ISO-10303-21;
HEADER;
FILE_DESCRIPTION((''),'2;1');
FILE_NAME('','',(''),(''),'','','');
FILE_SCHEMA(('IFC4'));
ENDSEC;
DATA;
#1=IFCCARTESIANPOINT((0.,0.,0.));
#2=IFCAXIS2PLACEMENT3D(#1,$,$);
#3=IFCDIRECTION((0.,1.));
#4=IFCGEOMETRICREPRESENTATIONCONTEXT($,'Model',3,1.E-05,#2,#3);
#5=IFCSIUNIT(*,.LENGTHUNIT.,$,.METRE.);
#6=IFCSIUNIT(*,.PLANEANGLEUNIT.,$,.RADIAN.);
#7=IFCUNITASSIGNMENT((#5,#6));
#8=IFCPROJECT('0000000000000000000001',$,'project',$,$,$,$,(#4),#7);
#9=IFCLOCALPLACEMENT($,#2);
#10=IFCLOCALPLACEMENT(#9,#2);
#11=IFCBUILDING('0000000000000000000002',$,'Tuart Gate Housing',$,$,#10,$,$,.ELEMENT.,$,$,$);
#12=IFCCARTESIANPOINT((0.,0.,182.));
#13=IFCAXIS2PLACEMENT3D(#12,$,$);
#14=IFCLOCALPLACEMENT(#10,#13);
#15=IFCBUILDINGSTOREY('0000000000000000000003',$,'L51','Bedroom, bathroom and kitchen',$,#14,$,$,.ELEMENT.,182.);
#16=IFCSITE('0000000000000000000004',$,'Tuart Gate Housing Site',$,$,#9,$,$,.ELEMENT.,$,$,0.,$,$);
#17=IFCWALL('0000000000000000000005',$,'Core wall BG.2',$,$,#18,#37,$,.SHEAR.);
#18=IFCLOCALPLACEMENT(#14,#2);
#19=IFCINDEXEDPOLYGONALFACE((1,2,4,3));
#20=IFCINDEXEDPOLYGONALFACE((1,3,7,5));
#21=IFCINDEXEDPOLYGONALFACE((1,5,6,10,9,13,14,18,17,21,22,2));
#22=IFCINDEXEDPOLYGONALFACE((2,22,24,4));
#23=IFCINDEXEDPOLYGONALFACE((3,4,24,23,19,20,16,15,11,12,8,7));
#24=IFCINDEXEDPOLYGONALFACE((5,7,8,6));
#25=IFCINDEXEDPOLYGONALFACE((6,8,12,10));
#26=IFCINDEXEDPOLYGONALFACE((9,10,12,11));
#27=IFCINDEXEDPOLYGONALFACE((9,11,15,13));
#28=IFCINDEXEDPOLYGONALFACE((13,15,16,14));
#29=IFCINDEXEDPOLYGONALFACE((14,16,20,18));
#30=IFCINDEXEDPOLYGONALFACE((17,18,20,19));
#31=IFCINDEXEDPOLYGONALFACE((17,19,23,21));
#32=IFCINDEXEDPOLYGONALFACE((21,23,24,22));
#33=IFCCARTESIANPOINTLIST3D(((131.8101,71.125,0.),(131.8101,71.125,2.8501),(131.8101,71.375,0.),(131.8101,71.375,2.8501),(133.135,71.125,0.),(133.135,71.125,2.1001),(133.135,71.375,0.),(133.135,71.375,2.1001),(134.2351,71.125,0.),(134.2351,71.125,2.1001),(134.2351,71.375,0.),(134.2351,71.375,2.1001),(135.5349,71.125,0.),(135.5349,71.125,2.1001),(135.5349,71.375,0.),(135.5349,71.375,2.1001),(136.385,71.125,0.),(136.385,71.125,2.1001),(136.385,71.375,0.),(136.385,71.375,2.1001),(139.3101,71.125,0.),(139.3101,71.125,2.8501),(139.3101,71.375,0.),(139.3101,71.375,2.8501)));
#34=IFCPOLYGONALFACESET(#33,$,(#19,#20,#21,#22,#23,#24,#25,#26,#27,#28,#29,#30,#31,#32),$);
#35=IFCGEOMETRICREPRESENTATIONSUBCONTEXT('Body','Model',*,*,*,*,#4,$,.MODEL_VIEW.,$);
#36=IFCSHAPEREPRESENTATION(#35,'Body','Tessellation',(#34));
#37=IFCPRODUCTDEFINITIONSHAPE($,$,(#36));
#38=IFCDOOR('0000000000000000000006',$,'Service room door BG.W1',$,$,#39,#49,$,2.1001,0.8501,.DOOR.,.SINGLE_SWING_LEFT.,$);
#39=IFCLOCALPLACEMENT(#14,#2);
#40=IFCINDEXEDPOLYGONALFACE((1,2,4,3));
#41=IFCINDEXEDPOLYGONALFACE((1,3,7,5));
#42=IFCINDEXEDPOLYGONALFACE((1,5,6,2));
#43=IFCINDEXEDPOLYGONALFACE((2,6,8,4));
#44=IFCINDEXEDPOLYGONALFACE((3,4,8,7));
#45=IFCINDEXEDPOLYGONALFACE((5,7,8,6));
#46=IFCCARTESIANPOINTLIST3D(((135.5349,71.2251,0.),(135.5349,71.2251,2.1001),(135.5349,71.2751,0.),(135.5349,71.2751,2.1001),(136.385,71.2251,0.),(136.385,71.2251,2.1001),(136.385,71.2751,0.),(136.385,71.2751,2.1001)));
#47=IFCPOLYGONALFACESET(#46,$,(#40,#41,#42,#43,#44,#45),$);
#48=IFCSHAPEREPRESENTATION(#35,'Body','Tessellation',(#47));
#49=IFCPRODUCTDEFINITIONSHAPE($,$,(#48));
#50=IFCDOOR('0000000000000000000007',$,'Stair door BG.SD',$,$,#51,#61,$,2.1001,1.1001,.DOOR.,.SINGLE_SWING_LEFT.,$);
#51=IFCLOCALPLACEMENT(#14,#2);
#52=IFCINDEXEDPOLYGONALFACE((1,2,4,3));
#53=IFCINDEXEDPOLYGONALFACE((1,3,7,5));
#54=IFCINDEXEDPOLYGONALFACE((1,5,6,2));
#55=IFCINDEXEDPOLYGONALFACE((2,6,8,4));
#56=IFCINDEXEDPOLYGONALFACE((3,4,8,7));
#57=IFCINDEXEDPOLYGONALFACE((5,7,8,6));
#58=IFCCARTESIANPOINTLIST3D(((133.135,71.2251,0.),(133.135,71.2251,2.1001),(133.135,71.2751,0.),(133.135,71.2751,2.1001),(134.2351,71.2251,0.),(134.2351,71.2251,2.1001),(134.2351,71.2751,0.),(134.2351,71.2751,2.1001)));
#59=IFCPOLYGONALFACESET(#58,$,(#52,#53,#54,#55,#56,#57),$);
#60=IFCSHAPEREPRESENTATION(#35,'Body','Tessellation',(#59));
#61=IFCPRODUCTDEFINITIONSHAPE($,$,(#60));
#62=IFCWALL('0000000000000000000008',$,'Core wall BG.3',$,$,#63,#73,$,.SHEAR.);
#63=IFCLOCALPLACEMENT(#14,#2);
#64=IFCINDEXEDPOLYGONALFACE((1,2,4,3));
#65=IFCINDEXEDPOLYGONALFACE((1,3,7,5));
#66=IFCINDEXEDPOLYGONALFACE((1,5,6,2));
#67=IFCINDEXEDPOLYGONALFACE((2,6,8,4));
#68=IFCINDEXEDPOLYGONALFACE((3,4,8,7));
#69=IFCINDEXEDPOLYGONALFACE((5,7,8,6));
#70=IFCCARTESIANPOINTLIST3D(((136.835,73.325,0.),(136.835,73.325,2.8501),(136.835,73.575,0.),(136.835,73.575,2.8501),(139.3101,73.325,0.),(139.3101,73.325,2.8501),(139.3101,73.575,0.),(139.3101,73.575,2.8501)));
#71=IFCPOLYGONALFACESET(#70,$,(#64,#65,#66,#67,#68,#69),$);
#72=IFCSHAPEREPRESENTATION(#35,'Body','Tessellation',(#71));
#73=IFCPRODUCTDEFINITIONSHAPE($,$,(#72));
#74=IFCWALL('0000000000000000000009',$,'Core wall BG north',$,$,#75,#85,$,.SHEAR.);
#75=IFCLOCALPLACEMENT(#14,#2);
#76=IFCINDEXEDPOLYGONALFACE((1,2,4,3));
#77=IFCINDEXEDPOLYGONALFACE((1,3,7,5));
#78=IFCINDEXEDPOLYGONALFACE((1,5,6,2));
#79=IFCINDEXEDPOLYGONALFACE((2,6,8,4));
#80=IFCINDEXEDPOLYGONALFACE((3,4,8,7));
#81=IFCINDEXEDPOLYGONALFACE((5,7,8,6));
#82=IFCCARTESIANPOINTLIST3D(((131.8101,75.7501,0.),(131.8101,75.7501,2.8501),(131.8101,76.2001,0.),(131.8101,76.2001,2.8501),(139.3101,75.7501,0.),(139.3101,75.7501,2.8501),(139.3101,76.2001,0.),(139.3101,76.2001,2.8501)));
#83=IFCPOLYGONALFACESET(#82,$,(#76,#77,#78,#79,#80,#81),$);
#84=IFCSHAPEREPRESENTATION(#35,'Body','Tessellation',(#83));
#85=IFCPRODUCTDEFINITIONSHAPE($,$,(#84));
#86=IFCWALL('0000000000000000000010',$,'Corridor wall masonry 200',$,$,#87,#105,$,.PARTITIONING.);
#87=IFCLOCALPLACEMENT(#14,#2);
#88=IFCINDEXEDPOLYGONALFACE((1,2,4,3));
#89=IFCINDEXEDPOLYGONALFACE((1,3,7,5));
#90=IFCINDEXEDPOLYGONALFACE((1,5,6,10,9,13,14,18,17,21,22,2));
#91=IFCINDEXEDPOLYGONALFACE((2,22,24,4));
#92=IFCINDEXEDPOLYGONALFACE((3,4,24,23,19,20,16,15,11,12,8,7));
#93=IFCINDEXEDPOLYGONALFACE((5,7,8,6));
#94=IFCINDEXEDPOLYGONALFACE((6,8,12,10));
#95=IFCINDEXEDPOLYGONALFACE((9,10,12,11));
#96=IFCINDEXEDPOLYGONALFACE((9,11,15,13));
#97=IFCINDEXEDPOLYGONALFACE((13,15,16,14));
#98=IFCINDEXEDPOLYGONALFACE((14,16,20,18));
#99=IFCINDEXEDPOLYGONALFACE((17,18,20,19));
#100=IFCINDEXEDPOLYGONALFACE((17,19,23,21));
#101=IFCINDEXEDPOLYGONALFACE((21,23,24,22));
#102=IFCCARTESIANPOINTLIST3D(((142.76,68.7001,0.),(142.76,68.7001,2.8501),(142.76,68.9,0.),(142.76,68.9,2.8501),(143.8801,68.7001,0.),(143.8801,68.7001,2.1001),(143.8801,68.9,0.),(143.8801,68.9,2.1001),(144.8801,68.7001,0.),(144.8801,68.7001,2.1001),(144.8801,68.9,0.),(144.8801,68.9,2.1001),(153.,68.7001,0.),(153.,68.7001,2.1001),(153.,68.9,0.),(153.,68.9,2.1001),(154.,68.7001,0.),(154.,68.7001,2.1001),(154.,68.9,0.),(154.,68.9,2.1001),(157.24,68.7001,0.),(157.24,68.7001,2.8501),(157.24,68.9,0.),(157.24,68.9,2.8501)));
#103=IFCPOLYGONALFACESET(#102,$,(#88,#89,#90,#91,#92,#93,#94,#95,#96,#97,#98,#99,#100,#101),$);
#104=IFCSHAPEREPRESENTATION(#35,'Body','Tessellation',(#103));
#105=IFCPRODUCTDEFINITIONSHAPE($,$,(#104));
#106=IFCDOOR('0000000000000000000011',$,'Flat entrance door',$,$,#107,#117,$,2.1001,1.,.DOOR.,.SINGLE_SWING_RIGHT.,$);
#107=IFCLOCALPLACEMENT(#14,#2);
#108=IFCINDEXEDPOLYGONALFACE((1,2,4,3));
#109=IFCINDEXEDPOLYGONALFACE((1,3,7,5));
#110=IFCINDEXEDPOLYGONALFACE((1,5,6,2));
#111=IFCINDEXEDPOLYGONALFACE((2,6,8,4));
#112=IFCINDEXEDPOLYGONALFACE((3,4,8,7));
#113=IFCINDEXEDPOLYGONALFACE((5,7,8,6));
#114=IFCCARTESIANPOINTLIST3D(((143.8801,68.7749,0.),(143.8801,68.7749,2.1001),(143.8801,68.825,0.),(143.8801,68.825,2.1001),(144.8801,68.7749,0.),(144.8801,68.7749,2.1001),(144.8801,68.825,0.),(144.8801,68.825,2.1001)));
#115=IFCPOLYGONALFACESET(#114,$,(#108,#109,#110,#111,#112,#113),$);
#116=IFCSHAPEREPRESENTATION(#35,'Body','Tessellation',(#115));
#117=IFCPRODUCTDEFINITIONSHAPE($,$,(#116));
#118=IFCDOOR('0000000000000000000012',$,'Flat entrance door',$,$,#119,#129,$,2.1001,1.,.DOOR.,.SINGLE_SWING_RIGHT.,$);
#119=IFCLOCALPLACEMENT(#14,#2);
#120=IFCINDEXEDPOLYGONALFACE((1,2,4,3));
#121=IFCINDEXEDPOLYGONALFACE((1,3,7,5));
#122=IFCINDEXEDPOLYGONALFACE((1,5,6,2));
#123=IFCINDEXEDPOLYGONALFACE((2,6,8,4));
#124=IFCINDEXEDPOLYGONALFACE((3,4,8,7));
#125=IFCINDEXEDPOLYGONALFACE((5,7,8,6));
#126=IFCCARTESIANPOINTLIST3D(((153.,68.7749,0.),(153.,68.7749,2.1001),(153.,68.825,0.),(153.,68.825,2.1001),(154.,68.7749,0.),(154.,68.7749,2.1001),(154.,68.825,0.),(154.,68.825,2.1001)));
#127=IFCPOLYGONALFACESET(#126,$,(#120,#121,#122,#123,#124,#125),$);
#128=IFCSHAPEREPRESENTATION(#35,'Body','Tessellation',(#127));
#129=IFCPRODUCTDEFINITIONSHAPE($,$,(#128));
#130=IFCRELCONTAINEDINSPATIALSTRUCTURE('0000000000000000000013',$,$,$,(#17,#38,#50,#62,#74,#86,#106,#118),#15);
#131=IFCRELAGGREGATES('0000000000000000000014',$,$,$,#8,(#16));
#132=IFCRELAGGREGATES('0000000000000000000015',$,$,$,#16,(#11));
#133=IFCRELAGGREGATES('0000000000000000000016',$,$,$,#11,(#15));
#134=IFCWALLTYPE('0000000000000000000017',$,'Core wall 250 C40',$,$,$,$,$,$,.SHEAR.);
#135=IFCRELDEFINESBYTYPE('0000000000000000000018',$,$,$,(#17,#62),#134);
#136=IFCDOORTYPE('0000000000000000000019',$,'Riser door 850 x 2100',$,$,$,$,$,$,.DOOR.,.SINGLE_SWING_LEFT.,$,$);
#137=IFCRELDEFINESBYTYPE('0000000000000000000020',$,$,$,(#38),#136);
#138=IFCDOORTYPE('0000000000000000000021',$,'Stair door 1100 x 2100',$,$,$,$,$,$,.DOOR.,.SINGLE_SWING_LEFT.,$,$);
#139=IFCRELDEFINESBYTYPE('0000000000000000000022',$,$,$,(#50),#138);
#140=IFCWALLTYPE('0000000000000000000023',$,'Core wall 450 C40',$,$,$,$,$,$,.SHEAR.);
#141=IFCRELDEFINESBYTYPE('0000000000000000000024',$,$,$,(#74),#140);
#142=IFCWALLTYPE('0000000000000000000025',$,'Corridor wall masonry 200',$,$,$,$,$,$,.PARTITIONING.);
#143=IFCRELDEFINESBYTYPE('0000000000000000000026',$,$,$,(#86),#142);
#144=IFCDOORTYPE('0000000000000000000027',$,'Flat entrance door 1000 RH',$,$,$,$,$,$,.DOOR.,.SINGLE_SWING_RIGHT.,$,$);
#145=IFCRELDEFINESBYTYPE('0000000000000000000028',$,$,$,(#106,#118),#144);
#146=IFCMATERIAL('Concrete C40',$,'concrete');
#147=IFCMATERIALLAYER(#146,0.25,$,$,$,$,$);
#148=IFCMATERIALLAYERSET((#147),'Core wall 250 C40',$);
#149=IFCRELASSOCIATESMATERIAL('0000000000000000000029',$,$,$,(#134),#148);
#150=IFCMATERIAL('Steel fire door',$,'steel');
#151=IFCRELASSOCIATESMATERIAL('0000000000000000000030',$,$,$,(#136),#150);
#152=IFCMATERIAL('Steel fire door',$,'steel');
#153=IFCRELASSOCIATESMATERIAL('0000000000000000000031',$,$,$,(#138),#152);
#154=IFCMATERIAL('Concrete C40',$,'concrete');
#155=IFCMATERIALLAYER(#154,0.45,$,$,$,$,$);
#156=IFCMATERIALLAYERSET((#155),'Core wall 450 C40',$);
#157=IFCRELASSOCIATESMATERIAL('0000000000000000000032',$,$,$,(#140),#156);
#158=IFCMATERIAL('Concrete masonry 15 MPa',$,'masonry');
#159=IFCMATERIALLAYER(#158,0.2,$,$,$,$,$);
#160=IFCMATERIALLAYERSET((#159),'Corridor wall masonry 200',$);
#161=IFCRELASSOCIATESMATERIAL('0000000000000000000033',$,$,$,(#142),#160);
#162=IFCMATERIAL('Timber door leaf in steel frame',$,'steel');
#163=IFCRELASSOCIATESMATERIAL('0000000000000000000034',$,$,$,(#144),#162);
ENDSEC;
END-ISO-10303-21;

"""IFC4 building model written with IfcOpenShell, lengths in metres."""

from ifc_helpers import new_model, si_unit, direction, frame, frame_2d, origin, place, context, subcontext, project, spatial, rectangle, extrude, material, layer, layer_set, type_object, element, fill, save


model = new_model("IFC4")

# Units and contexts
model_context = context("Model", 3, precision=1e-05, world=origin(), true_north=direction((0.0, 1.0)))
body_context = subcontext(model_context, "Body", "Model", "MODEL_VIEW")
ifc_project = project(units=[si_unit("LENGTHUNIT", "METRE"), si_unit("PLANEANGLEUNIT", "RADIAN")], contexts=[model_context])

# Site, building, storey
site_placement = place(None, origin())
site = spatial("IfcSite", under=ifc_project, at=site_placement, Name="Tuart Gate Housing Site", CompositionType="ELEMENT", RefElevation=0.0)
building_placement = place(site_placement, origin())
building = spatial("IfcBuilding", under=site, at=building_placement, Name="Tuart Gate Housing", CompositionType="ELEMENT")
storey_placement = place(building_placement, frame((0.0, 0.0, 182.0)))
storey = spatial("IfcBuildingStorey", under=building, at=storey_placement, Name="L51", Description="Bedroom, bathroom and kitchen", CompositionType="ELEMENT", Elevation=182.0)

# Wall, openings, doors
ifc_material_1 = material(Name="Concrete C40", Category="concrete")
ifc_layer_1 = layer(ifc_material_1, 0.25)
ifc_layer_set_1 = layer_set([ifc_layer_1], Name="Core wall 250 C40")
wall_type_1 = type_object("IfcWallType", Name="Core wall 250 C40", PredefinedType="SHEAR", material=ifc_layer_set_1)
wall_1_placement = place(storey_placement, frame((139.3101, 71.25, 0.0), z_axis=(0.0, 0.0, 1.0), x_axis=(-1.0, 0.0, 0.0)))
wall_1 = element("IfcWall", 1, at=wall_1_placement, inside=storey, type_object=wall_type_1, Name="Core wall BG.2", PredefinedType="SHEAR", context=body_context, shape_type="SweptSolid", body=[
    extrude(rectangle(XDim=7.5, YDim=0.25, at=frame_2d((3.75, 0.0))), origin(), (0.0, 0.0, 1.0), 2.8501),
])
opening_1_placement = place(wall_1_placement, frame((5.075, 0.0, 0.0)))
opening_1 = element("IfcOpeningElement", 2, at=opening_1_placement, cuts=wall_1, PredefinedType="OPENING", context=body_context, shape_type="SweptSolid", body=[
    extrude(rectangle(XDim=1.1001, YDim=2.1001, at=frame_2d((0.55, 1.05))), frame((0.0, 0.135, 0.0), z_axis=(0.0, -1.0, 0.0), x_axis=(1.0, 0.0, 0.0)), (0.0, 0.0, 1.0), 0.27),
])
opening_2_placement = place(wall_1_placement, frame((2.925, 0.0, 0.0)))
opening_2 = element("IfcOpeningElement", 3, at=opening_2_placement, cuts=wall_1, PredefinedType="OPENING", context=body_context, shape_type="SweptSolid", body=[
    extrude(rectangle(XDim=0.8501, YDim=2.1001, at=frame_2d((0.425, 1.05))), frame((0.0, 0.135, 0.0), z_axis=(0.0, -1.0, 0.0), x_axis=(1.0, 0.0, 0.0)), (0.0, 0.0, 1.0), 0.27),
])
ifc_material_2 = material(Name="Steel fire door", Category="steel")
door_type_1 = type_object("IfcDoorType", Name="Riser door 850 x 2100", OperationType="SINGLE_SWING_LEFT", PredefinedType="DOOR", material=ifc_material_2)
door_1_placement = place(opening_2_placement, origin())
door_1 = element("IfcDoor", 4, at=door_1_placement, inside=storey, type_object=door_type_1, Name="Service room door BG.W1", OperationType="SINGLE_SWING_LEFT", OverallHeight=2.1001, OverallWidth=0.8501, PredefinedType="DOOR", context=body_context, shape_type="SweptSolid", body=[
    extrude(rectangle(XDim=0.8501, YDim=2.1001, at=frame_2d((0.425, 1.05))), frame((0.0, 0.0249, 0.0), z_axis=(0.0, -1.0, 0.0), x_axis=(1.0, 0.0, 0.0)), (0.0, 0.0, 1.0), 0.05),
])
fill(opening_2, door_1)
ifc_material_3 = material(Name="Steel fire door", Category="steel")
door_type_2 = type_object("IfcDoorType", Name="Stair door 1100 x 2100", OperationType="SINGLE_SWING_LEFT", PredefinedType="DOOR", material=ifc_material_3)
door_2_placement = place(opening_1_placement, origin())
door_2 = element("IfcDoor", 5, at=door_2_placement, inside=storey, type_object=door_type_2, Name="Stair door BG.SD", OperationType="SINGLE_SWING_LEFT", OverallHeight=2.1001, OverallWidth=1.1001, PredefinedType="DOOR", context=body_context, shape_type="SweptSolid", body=[
    extrude(rectangle(XDim=1.1001, YDim=2.1001, at=frame_2d((0.55, 1.05))), frame((0.0, 0.0249, 0.0), z_axis=(0.0, -1.0, 0.0), x_axis=(1.0, 0.0, 0.0)), (0.0, 0.0, 1.0), 0.05),
])
fill(opening_1, door_2)

# Walls
wall_2_placement = place(storey_placement, frame((139.3101, 73.45, 0.0), z_axis=(0.0, 0.0, 1.0), x_axis=(-1.0, 0.0, 0.0)))
element("IfcWall", 6, at=wall_2_placement, inside=storey, type_object=wall_type_1, Name="Core wall BG.3", PredefinedType="SHEAR", context=body_context, shape_type="SweptSolid", body=[
    extrude(rectangle(XDim=2.4751, YDim=0.25, at=frame_2d((1.2375, 0.0))), origin(), (0.0, 0.0, 1.0), 2.8501),
])
ifc_material_4 = material(Name="Concrete C40", Category="concrete")
ifc_layer_2 = layer(ifc_material_4, 0.45)
ifc_layer_set_2 = layer_set([ifc_layer_2], Name="Core wall 450 C40")
wall_type_2 = type_object("IfcWallType", Name="Core wall 450 C40", PredefinedType="SHEAR", material=ifc_layer_set_2)
wall_3_placement = place(storey_placement, frame((139.3101, 75.9751, 0.0), z_axis=(0.0, 0.0, 1.0), x_axis=(-1.0, 0.0, 0.0)))
element("IfcWall", 7, at=wall_3_placement, inside=storey, type_object=wall_type_2, Name="Core wall BG north", PredefinedType="SHEAR", context=body_context, shape_type="SweptSolid", body=[
    extrude(rectangle(XDim=7.5, YDim=0.45, at=frame_2d((3.75, 0.0))), origin(), (0.0, 0.0, 1.0), 2.8501),
])

# Wall, openings, doors
ifc_material_5 = material(Name="Concrete masonry 15 MPa", Category="masonry")
ifc_layer_3 = layer(ifc_material_5, 0.2)
ifc_layer_set_3 = layer_set([ifc_layer_3], Name="Corridor wall masonry 200")
wall_type_3 = type_object("IfcWallType", Name="Corridor wall masonry 200", PredefinedType="PARTITIONING", material=ifc_layer_set_3)
wall_4_placement = place(storey_placement, frame((142.76, 68.8, 0.0), z_axis=(0.0, 0.0, 1.0), x_axis=(1.0, 0.0, 0.0)))
wall_4 = element("IfcWall", 8, at=wall_4_placement, inside=storey, type_object=wall_type_3, Name="Corridor wall masonry 200", PredefinedType="PARTITIONING", context=body_context, shape_type="SweptSolid", body=[
    extrude(rectangle(XDim=14.48, YDim=0.2, at=frame_2d((7.24, 0.0))), origin(), (0.0, 0.0, 1.0), 2.8501),
])
opening_3_placement = place(wall_4_placement, frame((1.1201, 0.0, 0.0)))
opening_3 = element("IfcOpeningElement", 9, at=opening_3_placement, cuts=wall_4, PredefinedType="OPENING", context=body_context, shape_type="SweptSolid", body=[
    extrude(rectangle(XDim=1.0, YDim=2.1001, at=frame_2d((0.5, 1.05))), frame((0.0, 0.1099, 0.0), z_axis=(0.0, -1.0, 0.0), x_axis=(1.0, 0.0, 0.0)), (0.0, 0.0, 1.0), 0.22),
])
opening_4_placement = place(wall_4_placement, frame((10.24, 0.0, 0.0)))
opening_4 = element("IfcOpeningElement", 10, at=opening_4_placement, cuts=wall_4, PredefinedType="OPENING", context=body_context, shape_type="SweptSolid", body=[
    extrude(rectangle(XDim=1.0, YDim=2.1001, at=frame_2d((0.5, 1.05))), frame((0.0, 0.1099, 0.0), z_axis=(0.0, -1.0, 0.0), x_axis=(1.0, 0.0, 0.0)), (0.0, 0.0, 1.0), 0.22),
])
ifc_material_6 = material(Name="Timber door leaf in steel frame", Category="steel")
door_type_3 = type_object("IfcDoorType", Name="Flat entrance door 1000 RH", OperationType="SINGLE_SWING_RIGHT", PredefinedType="DOOR", material=ifc_material_6)
door_3_placement = place(opening_3_placement, frame((1.0, 0.0, 0.0), z_axis=(0.0, 0.0, 1.0), x_axis=(-1.0, 0.0, 0.0)))
door_3 = element("IfcDoor", 11, at=door_3_placement, inside=storey, type_object=door_type_3, Name="Flat entrance door", OperationType="SINGLE_SWING_RIGHT", OverallHeight=2.1001, OverallWidth=1.0, PredefinedType="DOOR", context=body_context, shape_type="SweptSolid", body=[
    extrude(rectangle(XDim=1.0, YDim=2.1001, at=frame_2d((0.5, 1.05))), frame((0.0, 0.0251, 0.0), z_axis=(0.0, -1.0, 0.0), x_axis=(1.0, 0.0, 0.0)), (0.0, 0.0, 1.0), 0.05),
])
fill(opening_3, door_3)
door_4_placement = place(opening_4_placement, frame((1.0, 0.0, 0.0), z_axis=(0.0, 0.0, 1.0), x_axis=(-1.0, 0.0, 0.0)))
door_4 = element("IfcDoor", 12, at=door_4_placement, inside=storey, type_object=door_type_3, Name="Flat entrance door", OperationType="SINGLE_SWING_RIGHT", OverallHeight=2.1001, OverallWidth=1.0, PredefinedType="DOOR", context=body_context, shape_type="SweptSolid", body=[
    extrude(rectangle(XDim=1.0, YDim=2.1001, at=frame_2d((0.5, 1.05))), frame((0.0, 0.0251, 0.0), z_axis=(0.0, -1.0, 0.0), x_axis=(1.0, 0.0, 0.0)), (0.0, 0.0, 1.0), 0.05),
])
fill(opening_4, door_4)

save(model, "model.ifc")
